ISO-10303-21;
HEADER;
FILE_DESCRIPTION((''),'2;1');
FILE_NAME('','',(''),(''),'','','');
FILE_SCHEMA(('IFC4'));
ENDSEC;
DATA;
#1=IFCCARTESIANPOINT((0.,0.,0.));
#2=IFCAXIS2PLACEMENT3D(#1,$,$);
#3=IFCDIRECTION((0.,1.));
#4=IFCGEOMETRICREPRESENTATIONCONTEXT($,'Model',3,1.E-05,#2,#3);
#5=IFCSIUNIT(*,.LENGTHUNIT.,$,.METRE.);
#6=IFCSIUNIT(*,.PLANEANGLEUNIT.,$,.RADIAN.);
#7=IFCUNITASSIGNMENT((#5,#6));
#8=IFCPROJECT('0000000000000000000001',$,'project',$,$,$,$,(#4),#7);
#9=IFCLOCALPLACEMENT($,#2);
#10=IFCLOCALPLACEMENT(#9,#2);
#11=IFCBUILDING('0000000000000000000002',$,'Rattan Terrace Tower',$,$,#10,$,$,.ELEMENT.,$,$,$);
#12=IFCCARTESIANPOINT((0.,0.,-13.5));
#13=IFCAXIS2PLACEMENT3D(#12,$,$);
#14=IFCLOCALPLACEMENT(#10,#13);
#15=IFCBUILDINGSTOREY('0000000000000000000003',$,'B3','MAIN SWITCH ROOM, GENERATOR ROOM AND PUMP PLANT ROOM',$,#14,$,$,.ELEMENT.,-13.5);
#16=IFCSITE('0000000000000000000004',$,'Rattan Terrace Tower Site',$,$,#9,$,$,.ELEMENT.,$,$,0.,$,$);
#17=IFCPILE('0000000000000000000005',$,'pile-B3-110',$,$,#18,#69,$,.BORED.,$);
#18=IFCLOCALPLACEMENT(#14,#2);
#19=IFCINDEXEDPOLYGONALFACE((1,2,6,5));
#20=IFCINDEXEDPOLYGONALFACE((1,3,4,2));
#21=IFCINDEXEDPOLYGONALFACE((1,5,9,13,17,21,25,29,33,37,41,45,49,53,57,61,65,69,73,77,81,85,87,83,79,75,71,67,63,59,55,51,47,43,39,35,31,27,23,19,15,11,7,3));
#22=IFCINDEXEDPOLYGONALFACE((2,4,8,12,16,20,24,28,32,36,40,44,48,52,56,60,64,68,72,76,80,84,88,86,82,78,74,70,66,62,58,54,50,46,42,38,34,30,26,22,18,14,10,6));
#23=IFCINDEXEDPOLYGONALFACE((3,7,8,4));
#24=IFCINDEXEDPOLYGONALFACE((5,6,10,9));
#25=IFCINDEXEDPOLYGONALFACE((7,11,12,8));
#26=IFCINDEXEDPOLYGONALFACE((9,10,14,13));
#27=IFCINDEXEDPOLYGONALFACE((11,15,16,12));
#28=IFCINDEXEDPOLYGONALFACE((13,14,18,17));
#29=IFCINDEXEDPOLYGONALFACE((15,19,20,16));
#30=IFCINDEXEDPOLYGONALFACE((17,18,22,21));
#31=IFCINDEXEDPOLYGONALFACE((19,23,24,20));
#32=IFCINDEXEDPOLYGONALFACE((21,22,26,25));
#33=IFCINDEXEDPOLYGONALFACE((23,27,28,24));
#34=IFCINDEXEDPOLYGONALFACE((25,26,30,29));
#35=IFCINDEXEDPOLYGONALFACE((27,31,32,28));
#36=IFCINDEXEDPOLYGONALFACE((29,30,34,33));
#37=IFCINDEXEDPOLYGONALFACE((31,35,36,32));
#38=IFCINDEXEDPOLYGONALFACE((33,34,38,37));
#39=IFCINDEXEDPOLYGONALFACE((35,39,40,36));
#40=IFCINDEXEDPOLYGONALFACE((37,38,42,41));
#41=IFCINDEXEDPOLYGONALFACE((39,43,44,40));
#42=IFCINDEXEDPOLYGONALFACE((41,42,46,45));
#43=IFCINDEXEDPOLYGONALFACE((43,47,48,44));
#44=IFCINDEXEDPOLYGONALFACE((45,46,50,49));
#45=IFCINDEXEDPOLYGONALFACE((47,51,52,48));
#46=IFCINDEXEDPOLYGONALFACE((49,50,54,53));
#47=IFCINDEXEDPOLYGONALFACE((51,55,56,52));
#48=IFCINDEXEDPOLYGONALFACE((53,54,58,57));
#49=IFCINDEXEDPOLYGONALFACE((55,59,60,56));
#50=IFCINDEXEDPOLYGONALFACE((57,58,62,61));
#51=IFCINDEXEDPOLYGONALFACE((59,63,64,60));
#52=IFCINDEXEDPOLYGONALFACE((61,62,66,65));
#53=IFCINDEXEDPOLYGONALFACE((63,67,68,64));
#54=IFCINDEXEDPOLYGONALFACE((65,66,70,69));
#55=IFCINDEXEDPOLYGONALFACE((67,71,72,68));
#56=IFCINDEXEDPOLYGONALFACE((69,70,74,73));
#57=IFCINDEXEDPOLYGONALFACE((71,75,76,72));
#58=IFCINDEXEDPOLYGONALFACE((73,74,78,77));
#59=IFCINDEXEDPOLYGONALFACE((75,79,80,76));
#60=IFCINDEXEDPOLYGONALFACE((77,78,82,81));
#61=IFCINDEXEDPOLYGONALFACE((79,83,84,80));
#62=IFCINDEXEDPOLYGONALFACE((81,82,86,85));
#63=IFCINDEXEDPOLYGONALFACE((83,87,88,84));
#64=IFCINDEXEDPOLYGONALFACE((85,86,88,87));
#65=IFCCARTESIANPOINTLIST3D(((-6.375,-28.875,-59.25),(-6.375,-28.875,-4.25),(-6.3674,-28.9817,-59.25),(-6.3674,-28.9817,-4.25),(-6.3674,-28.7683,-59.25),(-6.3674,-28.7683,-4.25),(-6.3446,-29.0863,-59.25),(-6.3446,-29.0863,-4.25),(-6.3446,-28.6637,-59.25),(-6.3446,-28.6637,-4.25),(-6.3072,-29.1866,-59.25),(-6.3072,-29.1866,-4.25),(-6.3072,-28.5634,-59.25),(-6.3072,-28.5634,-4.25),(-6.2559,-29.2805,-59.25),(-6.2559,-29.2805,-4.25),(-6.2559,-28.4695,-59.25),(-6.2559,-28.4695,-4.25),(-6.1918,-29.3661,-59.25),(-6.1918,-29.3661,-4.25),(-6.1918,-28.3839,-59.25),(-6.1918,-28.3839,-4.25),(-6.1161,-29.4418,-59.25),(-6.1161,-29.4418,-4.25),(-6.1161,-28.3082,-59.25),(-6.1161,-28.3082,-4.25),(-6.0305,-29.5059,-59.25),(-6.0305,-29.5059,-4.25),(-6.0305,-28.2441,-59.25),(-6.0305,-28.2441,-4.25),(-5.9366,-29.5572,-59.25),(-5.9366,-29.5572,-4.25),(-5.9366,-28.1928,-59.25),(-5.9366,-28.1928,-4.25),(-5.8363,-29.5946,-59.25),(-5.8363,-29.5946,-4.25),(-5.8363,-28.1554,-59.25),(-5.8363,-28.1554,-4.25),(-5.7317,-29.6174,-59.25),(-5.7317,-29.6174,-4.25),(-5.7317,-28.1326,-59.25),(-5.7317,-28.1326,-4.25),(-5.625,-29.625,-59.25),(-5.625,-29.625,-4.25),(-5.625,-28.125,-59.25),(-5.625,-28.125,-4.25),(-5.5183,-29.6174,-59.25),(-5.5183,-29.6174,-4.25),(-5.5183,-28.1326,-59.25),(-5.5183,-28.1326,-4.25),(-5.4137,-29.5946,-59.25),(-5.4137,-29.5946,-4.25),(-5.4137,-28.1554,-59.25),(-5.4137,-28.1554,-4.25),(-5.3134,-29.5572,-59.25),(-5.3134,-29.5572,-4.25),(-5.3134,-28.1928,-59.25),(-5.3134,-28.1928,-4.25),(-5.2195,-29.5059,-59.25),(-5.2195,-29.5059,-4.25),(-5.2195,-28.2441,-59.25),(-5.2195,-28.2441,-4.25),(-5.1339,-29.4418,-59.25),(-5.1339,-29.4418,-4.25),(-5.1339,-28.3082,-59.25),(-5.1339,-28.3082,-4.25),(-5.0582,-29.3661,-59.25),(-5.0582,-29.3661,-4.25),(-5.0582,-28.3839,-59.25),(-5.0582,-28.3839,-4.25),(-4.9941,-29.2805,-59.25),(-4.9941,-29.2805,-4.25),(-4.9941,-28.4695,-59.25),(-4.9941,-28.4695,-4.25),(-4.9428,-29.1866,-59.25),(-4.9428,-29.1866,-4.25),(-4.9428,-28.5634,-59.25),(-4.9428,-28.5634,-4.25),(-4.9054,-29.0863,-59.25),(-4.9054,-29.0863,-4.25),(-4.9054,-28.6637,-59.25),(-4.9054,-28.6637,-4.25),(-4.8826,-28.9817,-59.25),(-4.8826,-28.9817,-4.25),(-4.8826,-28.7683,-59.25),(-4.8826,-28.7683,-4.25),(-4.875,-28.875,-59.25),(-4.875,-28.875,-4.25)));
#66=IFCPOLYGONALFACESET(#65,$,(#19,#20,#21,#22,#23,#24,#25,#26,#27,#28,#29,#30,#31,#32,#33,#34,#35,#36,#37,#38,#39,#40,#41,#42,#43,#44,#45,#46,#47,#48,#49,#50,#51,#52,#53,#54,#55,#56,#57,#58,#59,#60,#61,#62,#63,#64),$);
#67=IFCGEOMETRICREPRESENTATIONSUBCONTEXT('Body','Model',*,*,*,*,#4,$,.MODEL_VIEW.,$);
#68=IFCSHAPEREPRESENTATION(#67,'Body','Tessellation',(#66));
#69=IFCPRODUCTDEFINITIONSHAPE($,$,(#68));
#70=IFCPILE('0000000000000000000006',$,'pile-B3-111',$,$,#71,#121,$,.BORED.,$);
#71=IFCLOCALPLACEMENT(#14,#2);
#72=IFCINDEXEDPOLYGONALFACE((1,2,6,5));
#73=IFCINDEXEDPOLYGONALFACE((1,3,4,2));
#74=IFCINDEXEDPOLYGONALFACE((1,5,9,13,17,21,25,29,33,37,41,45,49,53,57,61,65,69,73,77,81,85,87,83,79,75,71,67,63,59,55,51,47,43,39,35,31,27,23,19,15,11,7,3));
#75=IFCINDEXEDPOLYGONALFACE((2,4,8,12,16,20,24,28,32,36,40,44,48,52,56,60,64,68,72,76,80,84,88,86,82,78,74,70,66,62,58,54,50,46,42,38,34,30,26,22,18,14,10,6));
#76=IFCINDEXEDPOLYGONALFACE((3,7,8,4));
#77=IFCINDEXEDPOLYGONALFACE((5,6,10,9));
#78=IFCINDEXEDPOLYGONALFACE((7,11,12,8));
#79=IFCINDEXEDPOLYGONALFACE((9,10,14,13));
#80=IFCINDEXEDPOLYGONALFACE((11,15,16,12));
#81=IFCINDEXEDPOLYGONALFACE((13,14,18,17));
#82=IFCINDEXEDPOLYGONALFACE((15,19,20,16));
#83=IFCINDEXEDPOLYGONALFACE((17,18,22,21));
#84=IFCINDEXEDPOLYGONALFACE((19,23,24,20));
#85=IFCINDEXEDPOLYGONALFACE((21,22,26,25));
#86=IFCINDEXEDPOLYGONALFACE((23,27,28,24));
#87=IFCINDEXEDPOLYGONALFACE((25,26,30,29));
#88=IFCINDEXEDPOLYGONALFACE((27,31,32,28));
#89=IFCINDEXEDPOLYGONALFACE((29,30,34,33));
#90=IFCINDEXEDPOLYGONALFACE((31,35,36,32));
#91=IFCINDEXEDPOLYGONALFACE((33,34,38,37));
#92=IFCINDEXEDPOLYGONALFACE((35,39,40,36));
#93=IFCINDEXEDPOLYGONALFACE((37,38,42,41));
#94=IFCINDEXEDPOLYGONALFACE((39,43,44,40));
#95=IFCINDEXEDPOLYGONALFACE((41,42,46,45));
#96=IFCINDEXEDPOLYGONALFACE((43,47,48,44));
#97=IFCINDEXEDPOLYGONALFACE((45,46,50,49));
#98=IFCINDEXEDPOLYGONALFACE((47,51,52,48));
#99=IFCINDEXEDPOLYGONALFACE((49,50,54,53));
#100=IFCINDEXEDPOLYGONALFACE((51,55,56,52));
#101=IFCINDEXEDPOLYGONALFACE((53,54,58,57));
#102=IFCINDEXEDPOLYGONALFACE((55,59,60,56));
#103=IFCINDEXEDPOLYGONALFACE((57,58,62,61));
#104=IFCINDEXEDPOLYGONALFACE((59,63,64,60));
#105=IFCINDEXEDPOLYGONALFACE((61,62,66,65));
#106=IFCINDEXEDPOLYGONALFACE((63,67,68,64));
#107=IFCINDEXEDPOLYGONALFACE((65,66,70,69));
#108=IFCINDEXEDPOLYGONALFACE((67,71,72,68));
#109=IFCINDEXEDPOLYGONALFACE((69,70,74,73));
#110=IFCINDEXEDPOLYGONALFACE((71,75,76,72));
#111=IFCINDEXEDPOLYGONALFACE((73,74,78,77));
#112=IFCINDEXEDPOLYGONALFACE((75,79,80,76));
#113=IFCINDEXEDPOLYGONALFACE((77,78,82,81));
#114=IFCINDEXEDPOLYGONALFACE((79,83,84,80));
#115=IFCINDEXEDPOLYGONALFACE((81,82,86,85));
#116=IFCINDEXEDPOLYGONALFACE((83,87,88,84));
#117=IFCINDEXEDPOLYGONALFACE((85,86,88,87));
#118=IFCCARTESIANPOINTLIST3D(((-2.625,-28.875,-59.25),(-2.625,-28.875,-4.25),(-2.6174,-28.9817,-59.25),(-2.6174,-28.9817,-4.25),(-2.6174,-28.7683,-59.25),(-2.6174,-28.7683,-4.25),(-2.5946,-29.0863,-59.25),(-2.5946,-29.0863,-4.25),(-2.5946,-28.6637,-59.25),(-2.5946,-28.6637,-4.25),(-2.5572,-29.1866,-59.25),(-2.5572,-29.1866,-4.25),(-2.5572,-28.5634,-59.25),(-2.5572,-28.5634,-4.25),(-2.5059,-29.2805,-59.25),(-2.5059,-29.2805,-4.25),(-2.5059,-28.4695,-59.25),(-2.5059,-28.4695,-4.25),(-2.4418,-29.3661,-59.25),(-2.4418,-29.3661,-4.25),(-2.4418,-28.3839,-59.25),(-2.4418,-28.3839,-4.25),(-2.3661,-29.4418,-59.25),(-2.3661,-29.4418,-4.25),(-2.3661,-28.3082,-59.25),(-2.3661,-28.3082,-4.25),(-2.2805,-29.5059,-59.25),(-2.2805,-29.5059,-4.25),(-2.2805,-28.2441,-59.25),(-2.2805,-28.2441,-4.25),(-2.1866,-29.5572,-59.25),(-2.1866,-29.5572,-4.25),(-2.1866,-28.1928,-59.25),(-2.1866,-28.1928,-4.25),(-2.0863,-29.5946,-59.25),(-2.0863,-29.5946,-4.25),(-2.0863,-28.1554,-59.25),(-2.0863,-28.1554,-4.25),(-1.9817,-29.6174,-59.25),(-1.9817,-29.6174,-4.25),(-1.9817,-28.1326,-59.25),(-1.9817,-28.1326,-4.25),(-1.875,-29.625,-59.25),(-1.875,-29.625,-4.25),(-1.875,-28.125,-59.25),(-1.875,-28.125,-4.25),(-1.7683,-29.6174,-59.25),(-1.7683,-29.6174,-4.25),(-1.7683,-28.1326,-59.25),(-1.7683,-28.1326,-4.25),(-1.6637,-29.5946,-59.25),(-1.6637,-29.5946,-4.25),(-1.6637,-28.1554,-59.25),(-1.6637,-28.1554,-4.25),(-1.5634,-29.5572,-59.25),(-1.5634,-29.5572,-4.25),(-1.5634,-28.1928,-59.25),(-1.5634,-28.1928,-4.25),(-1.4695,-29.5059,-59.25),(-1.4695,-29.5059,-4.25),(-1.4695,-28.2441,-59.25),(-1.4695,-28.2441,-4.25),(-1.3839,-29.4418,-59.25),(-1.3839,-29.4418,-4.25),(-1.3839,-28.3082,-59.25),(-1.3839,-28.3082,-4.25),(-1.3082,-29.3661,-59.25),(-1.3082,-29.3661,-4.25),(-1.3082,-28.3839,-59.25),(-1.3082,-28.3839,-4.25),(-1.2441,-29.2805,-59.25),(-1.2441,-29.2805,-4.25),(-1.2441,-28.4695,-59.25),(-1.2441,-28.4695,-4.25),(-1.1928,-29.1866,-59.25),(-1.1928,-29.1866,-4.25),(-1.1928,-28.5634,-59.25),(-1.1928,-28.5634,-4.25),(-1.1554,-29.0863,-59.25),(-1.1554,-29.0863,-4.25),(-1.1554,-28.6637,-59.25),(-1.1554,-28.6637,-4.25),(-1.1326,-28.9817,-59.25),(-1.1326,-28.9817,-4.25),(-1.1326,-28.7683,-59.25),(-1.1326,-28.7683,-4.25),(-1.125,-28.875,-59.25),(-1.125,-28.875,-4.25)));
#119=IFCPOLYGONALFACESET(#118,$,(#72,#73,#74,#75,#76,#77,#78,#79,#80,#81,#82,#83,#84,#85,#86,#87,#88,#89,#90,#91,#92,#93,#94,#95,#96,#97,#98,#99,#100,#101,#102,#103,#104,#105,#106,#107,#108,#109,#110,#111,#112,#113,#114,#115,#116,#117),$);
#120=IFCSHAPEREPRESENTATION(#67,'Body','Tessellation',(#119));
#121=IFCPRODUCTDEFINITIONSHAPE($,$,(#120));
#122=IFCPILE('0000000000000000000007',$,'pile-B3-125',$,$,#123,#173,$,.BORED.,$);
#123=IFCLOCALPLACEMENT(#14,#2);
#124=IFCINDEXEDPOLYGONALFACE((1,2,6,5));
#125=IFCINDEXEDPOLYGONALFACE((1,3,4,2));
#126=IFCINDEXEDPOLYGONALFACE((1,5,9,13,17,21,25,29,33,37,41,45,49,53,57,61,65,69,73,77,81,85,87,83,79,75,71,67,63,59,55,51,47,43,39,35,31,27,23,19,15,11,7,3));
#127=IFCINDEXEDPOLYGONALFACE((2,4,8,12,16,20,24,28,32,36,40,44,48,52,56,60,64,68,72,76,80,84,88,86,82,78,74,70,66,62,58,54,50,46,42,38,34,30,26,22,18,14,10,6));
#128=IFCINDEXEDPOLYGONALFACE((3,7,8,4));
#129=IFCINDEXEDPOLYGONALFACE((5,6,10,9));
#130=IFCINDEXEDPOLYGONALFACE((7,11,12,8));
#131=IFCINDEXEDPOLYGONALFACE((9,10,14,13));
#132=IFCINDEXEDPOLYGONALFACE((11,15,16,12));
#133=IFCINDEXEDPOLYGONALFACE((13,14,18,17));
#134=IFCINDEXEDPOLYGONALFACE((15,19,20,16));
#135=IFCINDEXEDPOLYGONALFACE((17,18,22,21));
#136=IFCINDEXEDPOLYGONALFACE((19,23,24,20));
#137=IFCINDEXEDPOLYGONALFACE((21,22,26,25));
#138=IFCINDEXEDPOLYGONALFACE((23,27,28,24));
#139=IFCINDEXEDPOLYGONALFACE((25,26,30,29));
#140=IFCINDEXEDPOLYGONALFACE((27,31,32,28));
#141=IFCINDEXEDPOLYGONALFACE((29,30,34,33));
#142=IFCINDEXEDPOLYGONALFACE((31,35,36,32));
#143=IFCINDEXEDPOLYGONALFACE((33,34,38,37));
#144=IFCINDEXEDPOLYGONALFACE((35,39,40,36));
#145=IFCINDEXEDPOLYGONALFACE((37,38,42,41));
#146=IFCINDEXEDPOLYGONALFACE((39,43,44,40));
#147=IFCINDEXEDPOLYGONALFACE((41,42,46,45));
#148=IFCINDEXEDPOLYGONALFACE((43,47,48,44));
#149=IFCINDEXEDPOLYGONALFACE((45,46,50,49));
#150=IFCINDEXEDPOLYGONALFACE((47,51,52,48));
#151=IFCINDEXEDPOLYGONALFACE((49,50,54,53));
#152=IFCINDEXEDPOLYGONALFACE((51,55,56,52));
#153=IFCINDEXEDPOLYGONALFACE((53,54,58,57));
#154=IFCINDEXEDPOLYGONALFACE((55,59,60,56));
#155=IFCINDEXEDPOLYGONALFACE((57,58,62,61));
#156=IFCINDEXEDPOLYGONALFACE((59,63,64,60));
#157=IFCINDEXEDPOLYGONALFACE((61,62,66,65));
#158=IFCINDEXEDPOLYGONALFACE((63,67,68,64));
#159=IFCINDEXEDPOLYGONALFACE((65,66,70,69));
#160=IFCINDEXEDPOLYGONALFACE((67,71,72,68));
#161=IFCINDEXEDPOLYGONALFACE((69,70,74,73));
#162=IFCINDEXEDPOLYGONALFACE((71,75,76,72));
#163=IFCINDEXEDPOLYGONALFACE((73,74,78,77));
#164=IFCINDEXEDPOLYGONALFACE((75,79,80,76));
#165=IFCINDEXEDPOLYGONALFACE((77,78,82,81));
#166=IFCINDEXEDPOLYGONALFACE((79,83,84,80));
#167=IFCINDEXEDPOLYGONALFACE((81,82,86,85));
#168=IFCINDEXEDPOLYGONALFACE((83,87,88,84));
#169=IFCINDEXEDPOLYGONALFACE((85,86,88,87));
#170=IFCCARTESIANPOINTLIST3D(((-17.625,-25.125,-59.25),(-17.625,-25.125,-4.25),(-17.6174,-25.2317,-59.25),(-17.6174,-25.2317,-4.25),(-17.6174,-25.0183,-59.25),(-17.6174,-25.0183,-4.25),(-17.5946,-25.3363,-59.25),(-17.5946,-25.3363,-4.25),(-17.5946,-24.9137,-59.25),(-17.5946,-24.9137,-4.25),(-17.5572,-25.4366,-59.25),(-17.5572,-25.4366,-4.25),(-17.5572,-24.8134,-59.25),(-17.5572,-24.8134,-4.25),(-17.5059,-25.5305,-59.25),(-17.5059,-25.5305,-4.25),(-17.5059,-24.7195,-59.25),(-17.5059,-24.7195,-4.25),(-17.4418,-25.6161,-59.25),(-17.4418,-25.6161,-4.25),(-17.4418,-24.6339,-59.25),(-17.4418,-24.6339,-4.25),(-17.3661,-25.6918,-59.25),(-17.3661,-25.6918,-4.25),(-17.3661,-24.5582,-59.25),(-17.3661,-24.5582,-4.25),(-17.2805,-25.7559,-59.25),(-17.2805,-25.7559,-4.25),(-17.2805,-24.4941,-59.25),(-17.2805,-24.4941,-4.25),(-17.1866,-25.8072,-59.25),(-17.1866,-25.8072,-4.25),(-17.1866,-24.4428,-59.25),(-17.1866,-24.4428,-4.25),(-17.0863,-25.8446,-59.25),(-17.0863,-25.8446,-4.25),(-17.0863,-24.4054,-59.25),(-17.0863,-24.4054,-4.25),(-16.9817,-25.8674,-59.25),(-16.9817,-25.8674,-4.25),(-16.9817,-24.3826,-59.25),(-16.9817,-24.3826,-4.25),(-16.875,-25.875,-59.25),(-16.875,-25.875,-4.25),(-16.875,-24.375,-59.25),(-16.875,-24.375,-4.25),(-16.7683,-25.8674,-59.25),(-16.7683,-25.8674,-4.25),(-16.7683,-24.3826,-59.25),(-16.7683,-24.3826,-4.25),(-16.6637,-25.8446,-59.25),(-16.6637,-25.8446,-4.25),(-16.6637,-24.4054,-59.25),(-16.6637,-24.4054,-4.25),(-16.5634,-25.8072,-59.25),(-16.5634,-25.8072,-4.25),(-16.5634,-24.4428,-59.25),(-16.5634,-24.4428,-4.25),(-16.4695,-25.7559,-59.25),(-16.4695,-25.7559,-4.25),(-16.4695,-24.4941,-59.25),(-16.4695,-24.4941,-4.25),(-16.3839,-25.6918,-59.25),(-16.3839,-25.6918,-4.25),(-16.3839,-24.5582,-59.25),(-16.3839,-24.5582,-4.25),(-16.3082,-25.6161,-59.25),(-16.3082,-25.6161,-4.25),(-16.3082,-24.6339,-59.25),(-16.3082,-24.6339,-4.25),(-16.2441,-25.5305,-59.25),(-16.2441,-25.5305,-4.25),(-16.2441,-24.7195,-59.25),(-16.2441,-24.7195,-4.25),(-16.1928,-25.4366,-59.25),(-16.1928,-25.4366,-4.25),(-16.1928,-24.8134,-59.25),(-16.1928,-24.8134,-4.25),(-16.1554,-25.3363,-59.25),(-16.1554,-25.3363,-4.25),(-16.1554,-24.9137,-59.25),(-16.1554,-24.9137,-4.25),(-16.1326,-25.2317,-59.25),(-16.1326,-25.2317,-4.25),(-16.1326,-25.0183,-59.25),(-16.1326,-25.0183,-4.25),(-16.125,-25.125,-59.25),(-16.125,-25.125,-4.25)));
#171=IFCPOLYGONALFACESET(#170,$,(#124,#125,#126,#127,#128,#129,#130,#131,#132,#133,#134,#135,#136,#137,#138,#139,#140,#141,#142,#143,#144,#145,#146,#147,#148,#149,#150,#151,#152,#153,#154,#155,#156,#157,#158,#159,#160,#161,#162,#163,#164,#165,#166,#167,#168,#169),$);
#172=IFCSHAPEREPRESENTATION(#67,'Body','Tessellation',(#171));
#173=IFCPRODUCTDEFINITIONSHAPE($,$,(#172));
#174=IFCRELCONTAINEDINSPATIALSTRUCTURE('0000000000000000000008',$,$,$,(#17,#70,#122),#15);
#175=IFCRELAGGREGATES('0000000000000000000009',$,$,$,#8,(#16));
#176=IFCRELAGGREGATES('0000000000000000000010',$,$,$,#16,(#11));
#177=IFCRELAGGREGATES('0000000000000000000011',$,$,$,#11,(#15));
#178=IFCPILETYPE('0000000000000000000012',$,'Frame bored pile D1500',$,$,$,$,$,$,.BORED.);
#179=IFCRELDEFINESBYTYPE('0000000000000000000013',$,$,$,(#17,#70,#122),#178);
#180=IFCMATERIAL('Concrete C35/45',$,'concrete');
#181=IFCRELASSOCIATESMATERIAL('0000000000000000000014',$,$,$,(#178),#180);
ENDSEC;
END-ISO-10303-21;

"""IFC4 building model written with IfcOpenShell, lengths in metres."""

from ifc_helpers import new_model, si_unit, direction, frame, origin, origin_2d, place, context, subcontext, project, spatial, circle, extrude, material, material_profile, profile_set, type_object, element, save


model = new_model("IFC4")

# Units and contexts
model_context = context("Model", 3, precision=1e-05, world=origin(), true_north=direction((0.0, 1.0)))
body_context = subcontext(model_context, "Body", "Model", "MODEL_VIEW")
ifc_project = project(units=[si_unit("LENGTHUNIT", "METRE"), si_unit("PLANEANGLEUNIT", "RADIAN")], contexts=[model_context])

# Site, building, storey
site_placement = place(None, origin())
site = spatial("IfcSite", under=ifc_project, at=site_placement, Name="Rattan Terrace Tower Site", CompositionType="ELEMENT", RefElevation=0.0)
building_placement = place(site_placement, origin())
building = spatial("IfcBuilding", under=site, at=building_placement, Name="Rattan Terrace Tower", CompositionType="ELEMENT")
storey_placement = place(building_placement, frame((0.0, 0.0, -13.5)))
storey = spatial("IfcBuildingStorey", under=building, at=storey_placement, Name="B3", Description="MAIN SWITCH ROOM, GENERATOR ROOM AND PUMP PLANT ROOM", CompositionType="ELEMENT", Elevation=-13.5)

# Piles
ifc_material_1 = material(Name="Concrete C35/45", Category="concrete")
ifc_material_profile_1 = material_profile(ifc_material_1, circle(Radius=0.75, at=origin_2d()), Name="PILE D1500")
ifc_profile_set_1 = profile_set([ifc_material_profile_1], Name="Concrete C35/45")
pile_type = type_object("IfcPileType", Name="Frame bored pile D1500", PredefinedType="BORED", material=ifc_profile_set_1)
for number, where, z_axis, x_axis, name in (
    (1, (-5.625, -28.875, -4.25), (0.0, 0.0, -1.0), (1.0, 0.0, 0.0), "pile-B3-110"),
    (2, (-1.875, -28.875, -4.25), (0.0, 0.0, -1.0), (1.0, 0.0, 0.0), "pile-B3-111"),
    (3, (-16.875, -25.125, -4.25), (0.0, 0.0, -1.0), (1.0, 0.0, 0.0), "pile-B3-125"),
):
    element("IfcPile", number, at=place(storey_placement, frame(where, z_axis=z_axis, x_axis=x_axis)), inside=storey, type_object=pile_type, Name=name, PredefinedType="BORED", context=body_context, shape_type="SweptSolid", body=[
        extrude(circle(Radius=0.75, at=origin_2d()), origin(), (0.0, 0.0, 1.0), 55.0),
    ])

save(model, "model.ifc")
